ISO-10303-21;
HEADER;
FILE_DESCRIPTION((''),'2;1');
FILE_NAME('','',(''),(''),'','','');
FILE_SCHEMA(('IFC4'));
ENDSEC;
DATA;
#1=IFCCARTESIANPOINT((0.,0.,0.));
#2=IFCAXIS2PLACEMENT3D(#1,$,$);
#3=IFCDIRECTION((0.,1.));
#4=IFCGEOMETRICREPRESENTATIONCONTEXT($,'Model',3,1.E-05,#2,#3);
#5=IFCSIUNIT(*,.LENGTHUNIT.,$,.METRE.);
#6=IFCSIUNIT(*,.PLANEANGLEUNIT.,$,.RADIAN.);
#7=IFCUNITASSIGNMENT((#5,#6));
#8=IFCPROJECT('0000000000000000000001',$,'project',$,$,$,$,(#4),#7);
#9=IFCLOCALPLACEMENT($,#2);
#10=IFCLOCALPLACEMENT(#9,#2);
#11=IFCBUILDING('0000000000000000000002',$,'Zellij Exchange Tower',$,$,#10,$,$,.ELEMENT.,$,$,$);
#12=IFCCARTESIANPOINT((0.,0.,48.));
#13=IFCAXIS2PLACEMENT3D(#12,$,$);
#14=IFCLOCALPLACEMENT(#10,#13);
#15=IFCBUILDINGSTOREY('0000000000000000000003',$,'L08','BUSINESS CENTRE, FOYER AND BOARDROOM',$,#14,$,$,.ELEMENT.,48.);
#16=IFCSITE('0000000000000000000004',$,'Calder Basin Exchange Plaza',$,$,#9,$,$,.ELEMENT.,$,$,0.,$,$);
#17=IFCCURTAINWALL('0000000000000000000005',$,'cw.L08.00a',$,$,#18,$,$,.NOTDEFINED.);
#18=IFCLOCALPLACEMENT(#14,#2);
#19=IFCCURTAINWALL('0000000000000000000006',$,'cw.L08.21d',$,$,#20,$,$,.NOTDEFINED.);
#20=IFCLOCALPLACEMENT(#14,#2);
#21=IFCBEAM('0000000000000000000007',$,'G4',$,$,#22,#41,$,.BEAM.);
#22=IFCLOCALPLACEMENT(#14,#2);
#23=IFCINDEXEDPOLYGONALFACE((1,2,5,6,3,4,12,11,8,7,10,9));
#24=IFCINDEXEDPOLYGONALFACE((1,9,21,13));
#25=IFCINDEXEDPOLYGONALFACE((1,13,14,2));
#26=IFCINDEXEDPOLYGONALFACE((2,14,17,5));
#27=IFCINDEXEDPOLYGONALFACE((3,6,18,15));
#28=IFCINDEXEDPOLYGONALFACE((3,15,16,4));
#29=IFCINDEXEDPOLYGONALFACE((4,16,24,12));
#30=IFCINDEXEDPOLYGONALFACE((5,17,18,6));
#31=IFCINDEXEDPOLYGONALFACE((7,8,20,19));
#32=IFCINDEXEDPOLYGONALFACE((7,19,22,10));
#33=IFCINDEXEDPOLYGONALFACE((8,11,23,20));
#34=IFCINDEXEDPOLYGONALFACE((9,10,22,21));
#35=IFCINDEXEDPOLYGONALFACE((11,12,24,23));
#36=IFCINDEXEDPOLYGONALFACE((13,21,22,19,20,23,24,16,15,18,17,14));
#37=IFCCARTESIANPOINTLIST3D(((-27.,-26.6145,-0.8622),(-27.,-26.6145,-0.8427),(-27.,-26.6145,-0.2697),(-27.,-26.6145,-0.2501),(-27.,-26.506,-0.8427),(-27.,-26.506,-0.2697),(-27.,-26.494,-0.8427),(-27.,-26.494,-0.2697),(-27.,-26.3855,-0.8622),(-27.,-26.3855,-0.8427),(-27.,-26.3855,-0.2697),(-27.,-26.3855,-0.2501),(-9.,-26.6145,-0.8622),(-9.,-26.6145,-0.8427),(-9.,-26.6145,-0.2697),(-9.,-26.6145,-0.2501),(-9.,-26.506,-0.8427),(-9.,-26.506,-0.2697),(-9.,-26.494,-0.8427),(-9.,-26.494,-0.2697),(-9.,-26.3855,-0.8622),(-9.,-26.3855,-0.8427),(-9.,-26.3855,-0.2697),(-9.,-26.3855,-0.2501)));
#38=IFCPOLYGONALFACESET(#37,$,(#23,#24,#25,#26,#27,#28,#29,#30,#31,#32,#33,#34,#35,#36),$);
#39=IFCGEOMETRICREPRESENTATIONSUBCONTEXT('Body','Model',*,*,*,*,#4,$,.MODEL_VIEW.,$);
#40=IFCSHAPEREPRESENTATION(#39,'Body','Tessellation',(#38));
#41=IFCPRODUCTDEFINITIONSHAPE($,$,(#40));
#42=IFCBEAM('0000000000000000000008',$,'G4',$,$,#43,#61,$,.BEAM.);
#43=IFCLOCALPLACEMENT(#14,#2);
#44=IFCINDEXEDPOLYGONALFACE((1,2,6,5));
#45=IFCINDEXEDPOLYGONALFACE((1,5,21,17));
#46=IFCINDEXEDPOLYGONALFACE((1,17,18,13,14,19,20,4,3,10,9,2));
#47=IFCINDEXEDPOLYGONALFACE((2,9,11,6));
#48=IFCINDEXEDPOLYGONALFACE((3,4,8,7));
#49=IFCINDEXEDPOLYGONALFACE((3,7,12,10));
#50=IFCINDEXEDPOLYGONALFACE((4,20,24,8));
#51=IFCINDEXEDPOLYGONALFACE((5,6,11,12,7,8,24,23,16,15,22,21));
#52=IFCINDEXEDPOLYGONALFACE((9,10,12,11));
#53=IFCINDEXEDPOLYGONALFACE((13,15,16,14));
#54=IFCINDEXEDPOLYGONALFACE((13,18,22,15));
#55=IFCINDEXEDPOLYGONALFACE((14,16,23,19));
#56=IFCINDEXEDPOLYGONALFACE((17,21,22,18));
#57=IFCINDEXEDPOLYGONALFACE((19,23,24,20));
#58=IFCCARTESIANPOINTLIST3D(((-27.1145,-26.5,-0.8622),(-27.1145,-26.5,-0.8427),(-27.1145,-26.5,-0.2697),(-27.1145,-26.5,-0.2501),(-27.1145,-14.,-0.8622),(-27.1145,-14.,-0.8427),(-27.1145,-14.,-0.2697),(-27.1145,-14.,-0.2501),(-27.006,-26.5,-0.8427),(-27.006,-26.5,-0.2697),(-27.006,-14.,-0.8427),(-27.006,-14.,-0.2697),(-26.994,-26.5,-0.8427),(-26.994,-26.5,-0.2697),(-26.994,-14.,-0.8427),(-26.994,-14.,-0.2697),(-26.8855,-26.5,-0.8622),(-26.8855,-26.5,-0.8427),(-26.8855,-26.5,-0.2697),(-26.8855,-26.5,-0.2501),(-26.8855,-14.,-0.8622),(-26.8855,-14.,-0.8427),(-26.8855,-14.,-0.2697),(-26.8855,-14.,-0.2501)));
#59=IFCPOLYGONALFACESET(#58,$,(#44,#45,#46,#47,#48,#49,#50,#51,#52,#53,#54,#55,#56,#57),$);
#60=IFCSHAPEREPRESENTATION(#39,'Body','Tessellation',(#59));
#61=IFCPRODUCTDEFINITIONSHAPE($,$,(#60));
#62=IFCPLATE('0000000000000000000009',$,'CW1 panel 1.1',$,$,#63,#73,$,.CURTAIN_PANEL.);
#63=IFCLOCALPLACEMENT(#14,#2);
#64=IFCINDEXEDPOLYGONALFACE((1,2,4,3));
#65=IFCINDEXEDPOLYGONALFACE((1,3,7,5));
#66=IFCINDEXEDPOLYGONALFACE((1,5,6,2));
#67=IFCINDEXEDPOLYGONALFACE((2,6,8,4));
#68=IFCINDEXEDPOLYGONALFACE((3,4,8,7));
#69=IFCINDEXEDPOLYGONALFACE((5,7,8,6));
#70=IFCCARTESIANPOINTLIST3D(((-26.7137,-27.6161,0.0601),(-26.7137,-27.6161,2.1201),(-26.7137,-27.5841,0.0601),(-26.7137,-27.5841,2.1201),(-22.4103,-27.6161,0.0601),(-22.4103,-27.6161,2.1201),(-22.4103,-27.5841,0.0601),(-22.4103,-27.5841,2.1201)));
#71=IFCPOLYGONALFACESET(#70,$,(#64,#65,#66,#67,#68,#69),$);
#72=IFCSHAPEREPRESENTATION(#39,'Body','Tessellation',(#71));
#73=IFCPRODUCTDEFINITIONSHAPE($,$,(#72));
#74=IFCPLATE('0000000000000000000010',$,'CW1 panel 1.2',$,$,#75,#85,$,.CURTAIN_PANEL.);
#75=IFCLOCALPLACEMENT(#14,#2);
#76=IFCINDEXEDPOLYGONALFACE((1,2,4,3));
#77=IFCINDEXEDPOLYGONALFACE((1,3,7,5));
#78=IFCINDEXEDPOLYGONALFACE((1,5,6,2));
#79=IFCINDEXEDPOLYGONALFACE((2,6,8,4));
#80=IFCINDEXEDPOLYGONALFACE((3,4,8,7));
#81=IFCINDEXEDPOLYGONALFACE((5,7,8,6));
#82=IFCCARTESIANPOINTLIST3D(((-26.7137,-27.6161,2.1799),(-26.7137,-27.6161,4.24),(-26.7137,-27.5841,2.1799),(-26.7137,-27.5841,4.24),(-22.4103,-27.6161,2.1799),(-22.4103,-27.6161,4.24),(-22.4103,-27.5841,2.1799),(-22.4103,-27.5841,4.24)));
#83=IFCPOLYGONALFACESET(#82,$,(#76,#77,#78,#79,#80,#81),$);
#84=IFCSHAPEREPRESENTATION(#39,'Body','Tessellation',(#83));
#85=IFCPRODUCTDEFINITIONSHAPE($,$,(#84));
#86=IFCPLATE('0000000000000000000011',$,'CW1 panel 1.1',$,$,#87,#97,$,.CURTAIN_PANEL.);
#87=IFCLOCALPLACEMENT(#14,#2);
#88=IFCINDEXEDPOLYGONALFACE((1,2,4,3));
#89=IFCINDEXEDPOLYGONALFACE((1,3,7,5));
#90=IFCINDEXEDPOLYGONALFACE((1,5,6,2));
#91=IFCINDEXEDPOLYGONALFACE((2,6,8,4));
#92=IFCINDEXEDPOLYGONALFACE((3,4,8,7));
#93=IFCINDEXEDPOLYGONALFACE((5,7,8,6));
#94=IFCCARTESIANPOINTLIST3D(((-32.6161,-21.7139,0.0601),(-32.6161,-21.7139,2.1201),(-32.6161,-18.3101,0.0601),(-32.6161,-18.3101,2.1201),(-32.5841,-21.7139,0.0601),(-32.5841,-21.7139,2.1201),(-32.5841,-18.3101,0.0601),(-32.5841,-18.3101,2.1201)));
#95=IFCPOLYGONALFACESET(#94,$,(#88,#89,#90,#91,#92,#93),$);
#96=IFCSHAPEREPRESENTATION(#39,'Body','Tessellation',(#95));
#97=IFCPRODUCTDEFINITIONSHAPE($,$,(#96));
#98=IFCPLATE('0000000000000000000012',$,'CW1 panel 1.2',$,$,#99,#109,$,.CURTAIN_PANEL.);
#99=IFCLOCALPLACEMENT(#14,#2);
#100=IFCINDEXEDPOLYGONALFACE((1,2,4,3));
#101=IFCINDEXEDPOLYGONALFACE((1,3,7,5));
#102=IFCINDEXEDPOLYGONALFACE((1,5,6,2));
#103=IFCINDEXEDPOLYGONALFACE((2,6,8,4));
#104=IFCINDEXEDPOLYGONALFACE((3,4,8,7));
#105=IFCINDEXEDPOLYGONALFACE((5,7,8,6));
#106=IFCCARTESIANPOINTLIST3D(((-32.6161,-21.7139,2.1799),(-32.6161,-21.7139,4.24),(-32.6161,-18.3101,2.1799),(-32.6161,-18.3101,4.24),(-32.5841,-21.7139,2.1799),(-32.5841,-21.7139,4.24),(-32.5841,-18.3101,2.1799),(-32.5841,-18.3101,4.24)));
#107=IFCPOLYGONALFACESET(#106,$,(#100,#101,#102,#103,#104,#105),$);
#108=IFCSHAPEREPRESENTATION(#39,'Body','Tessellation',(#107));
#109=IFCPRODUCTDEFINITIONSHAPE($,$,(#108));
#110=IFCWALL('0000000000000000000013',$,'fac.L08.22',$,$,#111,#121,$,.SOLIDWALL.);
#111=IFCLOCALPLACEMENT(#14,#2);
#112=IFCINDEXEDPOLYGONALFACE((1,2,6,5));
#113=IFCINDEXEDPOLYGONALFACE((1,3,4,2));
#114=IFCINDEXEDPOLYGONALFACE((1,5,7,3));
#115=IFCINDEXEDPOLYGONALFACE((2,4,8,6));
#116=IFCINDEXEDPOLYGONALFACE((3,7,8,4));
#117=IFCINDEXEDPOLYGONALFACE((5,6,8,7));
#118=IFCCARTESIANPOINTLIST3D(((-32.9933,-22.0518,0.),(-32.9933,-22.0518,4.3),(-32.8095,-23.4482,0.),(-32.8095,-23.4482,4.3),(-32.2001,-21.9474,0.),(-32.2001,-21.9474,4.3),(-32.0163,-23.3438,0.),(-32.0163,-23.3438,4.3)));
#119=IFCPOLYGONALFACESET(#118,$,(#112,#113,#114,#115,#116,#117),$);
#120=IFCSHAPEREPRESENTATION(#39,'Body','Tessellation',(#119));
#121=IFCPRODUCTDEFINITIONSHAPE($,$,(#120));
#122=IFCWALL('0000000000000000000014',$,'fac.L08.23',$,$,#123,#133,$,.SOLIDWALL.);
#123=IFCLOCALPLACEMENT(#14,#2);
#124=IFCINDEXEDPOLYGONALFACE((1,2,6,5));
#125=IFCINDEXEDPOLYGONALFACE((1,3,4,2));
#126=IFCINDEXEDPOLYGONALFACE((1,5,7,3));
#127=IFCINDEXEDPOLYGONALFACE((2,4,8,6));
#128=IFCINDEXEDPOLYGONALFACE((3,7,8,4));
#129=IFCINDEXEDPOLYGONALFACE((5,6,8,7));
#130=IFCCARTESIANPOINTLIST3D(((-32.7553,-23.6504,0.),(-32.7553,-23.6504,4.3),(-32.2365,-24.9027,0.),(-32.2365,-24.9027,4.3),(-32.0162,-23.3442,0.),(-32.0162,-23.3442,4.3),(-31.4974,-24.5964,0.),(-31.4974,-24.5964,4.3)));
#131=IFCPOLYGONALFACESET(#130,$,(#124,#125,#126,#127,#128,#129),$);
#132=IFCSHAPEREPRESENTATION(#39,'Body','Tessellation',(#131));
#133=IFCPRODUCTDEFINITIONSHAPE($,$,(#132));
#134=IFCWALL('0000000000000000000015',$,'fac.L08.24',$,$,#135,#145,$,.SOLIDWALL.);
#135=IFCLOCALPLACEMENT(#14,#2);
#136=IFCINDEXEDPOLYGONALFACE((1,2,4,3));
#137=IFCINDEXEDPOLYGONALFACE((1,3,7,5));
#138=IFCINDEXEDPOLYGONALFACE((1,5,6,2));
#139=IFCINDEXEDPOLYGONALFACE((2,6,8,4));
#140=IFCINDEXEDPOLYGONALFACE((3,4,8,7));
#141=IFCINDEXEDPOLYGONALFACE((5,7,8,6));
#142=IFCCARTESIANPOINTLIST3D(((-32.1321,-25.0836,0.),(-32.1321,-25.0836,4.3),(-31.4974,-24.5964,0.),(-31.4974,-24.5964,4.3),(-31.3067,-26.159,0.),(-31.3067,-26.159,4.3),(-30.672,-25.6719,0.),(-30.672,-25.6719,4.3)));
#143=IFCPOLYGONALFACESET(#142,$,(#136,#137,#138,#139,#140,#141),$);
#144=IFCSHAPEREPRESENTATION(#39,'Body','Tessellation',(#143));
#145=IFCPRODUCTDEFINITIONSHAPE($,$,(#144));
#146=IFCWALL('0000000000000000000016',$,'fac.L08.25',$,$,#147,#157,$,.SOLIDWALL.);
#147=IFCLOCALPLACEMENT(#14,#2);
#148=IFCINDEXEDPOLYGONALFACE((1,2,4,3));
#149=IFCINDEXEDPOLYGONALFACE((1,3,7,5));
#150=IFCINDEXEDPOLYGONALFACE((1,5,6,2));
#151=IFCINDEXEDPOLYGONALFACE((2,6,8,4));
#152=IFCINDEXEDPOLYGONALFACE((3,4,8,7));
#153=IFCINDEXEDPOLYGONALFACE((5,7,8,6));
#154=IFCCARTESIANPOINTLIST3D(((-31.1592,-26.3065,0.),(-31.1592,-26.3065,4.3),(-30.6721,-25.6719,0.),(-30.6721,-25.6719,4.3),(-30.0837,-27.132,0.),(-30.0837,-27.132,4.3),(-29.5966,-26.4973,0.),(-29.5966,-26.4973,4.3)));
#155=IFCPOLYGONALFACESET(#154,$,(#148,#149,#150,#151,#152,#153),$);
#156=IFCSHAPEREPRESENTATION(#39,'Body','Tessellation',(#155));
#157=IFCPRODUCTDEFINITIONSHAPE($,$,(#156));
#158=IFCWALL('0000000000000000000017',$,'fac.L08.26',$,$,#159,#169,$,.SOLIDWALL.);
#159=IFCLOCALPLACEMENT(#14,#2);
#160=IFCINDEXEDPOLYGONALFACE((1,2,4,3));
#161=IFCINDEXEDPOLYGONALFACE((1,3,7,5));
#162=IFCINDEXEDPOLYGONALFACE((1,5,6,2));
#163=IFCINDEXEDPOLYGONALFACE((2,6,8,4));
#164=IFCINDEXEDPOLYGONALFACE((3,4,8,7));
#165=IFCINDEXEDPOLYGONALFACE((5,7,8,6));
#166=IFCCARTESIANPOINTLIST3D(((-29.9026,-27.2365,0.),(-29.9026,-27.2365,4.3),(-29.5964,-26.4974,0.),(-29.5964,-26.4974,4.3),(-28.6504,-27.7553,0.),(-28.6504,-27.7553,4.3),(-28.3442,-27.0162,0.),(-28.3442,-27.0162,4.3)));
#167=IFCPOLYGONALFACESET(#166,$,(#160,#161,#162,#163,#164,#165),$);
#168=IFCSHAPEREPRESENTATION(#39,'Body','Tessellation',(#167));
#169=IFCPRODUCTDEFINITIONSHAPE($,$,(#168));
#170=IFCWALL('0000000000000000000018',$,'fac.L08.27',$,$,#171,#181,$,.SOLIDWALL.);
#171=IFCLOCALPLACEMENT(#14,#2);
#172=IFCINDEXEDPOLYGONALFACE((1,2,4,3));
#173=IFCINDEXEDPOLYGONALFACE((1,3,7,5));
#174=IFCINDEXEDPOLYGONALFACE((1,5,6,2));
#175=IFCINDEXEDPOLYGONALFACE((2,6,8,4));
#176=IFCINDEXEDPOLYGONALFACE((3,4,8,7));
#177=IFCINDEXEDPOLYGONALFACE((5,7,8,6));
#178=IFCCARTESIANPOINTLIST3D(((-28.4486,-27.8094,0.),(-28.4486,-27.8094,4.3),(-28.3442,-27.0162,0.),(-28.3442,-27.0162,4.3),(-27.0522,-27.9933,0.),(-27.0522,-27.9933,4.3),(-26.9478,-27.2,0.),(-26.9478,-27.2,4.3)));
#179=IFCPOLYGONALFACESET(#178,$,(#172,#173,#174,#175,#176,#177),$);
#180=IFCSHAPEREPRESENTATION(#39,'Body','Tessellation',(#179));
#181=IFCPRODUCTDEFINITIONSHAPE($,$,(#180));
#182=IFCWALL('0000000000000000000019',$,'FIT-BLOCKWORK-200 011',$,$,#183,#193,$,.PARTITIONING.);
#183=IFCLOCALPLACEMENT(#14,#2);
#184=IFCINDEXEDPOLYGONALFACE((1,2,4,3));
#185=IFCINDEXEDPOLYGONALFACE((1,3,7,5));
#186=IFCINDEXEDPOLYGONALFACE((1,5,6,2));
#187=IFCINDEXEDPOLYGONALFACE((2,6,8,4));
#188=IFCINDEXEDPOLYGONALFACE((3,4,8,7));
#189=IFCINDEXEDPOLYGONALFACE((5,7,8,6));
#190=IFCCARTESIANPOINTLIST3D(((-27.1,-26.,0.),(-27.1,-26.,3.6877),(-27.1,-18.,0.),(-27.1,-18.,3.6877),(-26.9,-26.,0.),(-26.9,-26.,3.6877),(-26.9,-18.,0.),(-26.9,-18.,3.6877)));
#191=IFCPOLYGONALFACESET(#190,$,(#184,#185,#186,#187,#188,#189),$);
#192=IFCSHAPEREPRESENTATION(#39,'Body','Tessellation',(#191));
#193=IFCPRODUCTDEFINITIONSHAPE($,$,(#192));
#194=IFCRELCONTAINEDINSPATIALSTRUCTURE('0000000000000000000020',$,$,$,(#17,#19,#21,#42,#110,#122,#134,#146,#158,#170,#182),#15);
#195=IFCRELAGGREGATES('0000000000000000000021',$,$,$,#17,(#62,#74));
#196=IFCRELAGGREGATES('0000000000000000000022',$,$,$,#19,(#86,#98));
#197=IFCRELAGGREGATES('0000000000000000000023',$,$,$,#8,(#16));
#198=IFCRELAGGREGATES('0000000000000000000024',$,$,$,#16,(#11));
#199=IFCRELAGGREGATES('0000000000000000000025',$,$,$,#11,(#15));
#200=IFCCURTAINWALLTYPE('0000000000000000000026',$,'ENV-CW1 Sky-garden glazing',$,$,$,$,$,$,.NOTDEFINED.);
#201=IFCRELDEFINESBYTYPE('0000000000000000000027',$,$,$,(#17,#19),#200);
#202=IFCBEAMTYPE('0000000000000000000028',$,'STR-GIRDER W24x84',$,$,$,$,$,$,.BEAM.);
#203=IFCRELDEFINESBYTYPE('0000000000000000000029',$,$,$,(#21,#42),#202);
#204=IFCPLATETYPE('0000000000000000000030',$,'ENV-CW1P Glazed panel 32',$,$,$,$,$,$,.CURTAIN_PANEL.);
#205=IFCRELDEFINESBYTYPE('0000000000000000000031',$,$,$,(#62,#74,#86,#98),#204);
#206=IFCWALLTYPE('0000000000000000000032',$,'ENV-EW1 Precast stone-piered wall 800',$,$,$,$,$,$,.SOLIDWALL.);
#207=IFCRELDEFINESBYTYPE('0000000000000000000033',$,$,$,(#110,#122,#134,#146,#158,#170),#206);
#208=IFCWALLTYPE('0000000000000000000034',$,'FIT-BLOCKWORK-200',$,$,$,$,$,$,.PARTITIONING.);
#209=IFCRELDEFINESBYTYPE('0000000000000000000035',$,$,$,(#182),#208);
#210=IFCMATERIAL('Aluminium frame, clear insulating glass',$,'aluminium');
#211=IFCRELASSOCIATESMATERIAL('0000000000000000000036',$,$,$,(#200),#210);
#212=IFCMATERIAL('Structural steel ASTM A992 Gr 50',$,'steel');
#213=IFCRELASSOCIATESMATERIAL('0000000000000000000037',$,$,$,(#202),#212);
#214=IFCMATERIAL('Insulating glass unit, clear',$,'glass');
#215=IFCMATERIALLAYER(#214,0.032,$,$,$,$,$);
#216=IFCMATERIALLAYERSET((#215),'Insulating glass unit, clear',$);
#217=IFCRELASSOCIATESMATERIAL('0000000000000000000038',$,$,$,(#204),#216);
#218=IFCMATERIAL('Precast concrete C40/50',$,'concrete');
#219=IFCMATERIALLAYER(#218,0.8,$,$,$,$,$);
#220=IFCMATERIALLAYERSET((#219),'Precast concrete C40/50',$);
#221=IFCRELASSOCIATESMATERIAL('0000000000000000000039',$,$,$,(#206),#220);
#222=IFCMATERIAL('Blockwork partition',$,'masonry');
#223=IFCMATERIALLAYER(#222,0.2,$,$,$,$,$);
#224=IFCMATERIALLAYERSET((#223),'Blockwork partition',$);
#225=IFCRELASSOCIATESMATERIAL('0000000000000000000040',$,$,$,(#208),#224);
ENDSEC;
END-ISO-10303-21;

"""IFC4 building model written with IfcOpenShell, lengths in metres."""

from ifc_helpers import new_model, si_unit, direction, frame, frame_2d, origin, origin_2d, place, context, subcontext, project, spatial, rectangle, i_section, extrude, material, layer, layer_set, material_profile, profile_set, type_object, element, aggregate, save


model = new_model("IFC4")

# Units and contexts
model_context = context("Model", 3, precision=1e-05, world=origin(), true_north=direction((0.0, 1.0)))
body_context = subcontext(model_context, "Body", "Model", "MODEL_VIEW")
ifc_project = project(units=[si_unit("LENGTHUNIT", "METRE"), si_unit("PLANEANGLEUNIT", "RADIAN")], contexts=[model_context])

# Site, building, storey
site_placement = place(None, origin())
site = spatial("IfcSite", under=ifc_project, at=site_placement, Name="Calder Basin Exchange Plaza", CompositionType="ELEMENT", RefElevation=0.0)
building_placement = place(site_placement, origin())
building = spatial("IfcBuilding", under=site, at=building_placement, Name="Zellij Exchange Tower", CompositionType="ELEMENT")
storey_placement = place(building_placement, frame((0.0, 0.0, 48.0)))
storey = spatial("IfcBuildingStorey", under=building, at=storey_placement, Name="L08", Description="BUSINESS CENTRE, FOYER AND BOARDROOM", CompositionType="ELEMENT", Elevation=48.0)

# Curtain walls
ifc_material_1 = material(Name="Aluminium frame, clear insulating glass", Category="aluminium")
curtain_wall_type = type_object("IfcCurtainWallType", Name="ENV-CW1 Sky-garden glazing", PredefinedType="NOTDEFINED", material=ifc_material_1)
curtain_wall_1_placement = place(storey_placement, origin())
curtain_wall_1 = element("IfcCurtainWall", 1, at=curtain_wall_1_placement, inside=storey, type_object=curtain_wall_type, Name="cw.L08.00a", PredefinedType="NOTDEFINED")
curtain_wall_2_placement = place(storey_placement, origin())
curtain_wall_2 = element("IfcCurtainWall", 2, at=curtain_wall_2_placement, inside=storey, type_object=curtain_wall_type, Name="cw.L08.21d", PredefinedType="NOTDEFINED")

# Beams
ifc_material_2 = material(Name="Structural steel ASTM A992 Gr 50", Category="steel")
ifc_material_profile_1 = material_profile(ifc_material_2, i_section(OverallWidth=0.229, OverallDepth=0.6121, WebThickness=0.012, FlangeThickness=0.0195, at=origin_2d()), Name="W24x84")
ifc_profile_set_1 = profile_set([ifc_material_profile_1], Name="Structural steel ASTM A992 Gr 50")
beam_type_1 = type_object("IfcBeamType", Name="STR-GIRDER W24x84", PredefinedType="BEAM", material=ifc_profile_set_1)
beam_1_placement = place(storey_placement, frame((-27.0, -26.5, -0.5562), z_axis=(1.0, 0.0, 0.0), x_axis=(0.0, 1.0, 0.0)))
element("IfcBeam", 3, at=beam_1_placement, inside=storey, type_object=beam_type_1, Name="G4", PredefinedType="BEAM", context=body_context, shape_type="SweptSolid", body=[
    extrude(i_section(OverallWidth=0.229, OverallDepth=0.6121, WebThickness=0.012, FlangeThickness=0.0195, at=origin_2d()), origin(), (0.0, 0.0, 1.0), 18.0),
])
beam_2_placement = place(storey_placement, frame((-27.0, -26.5, -0.5562), z_axis=(0.0, 1.0, 0.0), x_axis=(-1.0, 0.0, 0.0)))
element("IfcBeam", 4, at=beam_2_placement, inside=storey, type_object=beam_type_1, Name="G4", PredefinedType="BEAM", context=body_context, shape_type="SweptSolid", body=[
    extrude(i_section(OverallWidth=0.229, OverallDepth=0.6121, WebThickness=0.012, FlangeThickness=0.0195, at=origin_2d()), origin(), (0.0, 0.0, 1.0), 12.5),
])

# Plates
ifc_material_3 = material(Name="Insulating glass unit, clear", Category="glass")
ifc_layer_1 = layer(ifc_material_3, 0.032)
ifc_layer_set_1 = layer_set([ifc_layer_1], Name="Insulating glass unit, clear")
plate_type = type_object("IfcPlateType", Name="ENV-CW1P Glazed panel 32", PredefinedType="CURTAIN_PANEL", material=ifc_layer_set_1)
plate_1_placement = place(storey_placement, frame((-24.562, -27.6001, 0.0601), z_axis=(0.0, 0.0, 1.0), x_axis=(1.0, 0.0, 0.0)))
plate_1 = element("IfcPlate", 5, at=plate_1_placement, type_object=plate_type, Name="CW1 panel 1.1", PredefinedType="CURTAIN_PANEL", context=body_context, shape_type="SweptSolid", body=[
    extrude(rectangle(XDim=4.3035, YDim=0.032, at=origin_2d()), origin(), (0.0, 0.0, 1.0), 2.0601),
])
plate_2_placement = place(storey_placement, frame((-24.562, -27.6001, 2.1799), z_axis=(0.0, 0.0, 1.0), x_axis=(1.0, 0.0, 0.0)))
plate_2 = element("IfcPlate", 6, at=plate_2_placement, type_object=plate_type, Name="CW1 panel 1.2", PredefinedType="CURTAIN_PANEL", context=body_context, shape_type="SweptSolid", body=[
    extrude(rectangle(XDim=4.3035, YDim=0.032, at=origin_2d()), origin(), (0.0, 0.0, 1.0), 2.0601),
])
aggregate(curtain_wall_1, [plate_1, plate_2])
plate_3_placement = place(storey_placement, frame((-32.6001, -20.012, 0.0601), z_axis=(0.0, 0.0, 1.0), x_axis=(0.0, -1.0, 0.0)))
plate_3 = element("IfcPlate", 7, at=plate_3_placement, type_object=plate_type, Name="CW1 panel 1.1", PredefinedType="CURTAIN_PANEL", context=body_context, shape_type="SweptSolid", body=[
    extrude(rectangle(XDim=3.4038, YDim=0.032, at=origin_2d()), origin(), (0.0, 0.0, 1.0), 2.0601),
])
plate_4_placement = place(storey_placement, frame((-32.6001, -20.012, 2.1799), z_axis=(0.0, 0.0, 1.0), x_axis=(0.0, -1.0, 0.0)))
plate_4 = element("IfcPlate", 8, at=plate_4_placement, type_object=plate_type, Name="CW1 panel 1.2", PredefinedType="CURTAIN_PANEL", context=body_context, shape_type="SweptSolid", body=[
    extrude(rectangle(XDim=3.4038, YDim=0.032, at=origin_2d()), origin(), (0.0, 0.0, 1.0), 2.0601),
])
aggregate(curtain_wall_2, [plate_3, plate_4])

# Walls
ifc_material_4 = material(Name="Precast concrete C40/50", Category="concrete")
ifc_layer_2 = layer(ifc_material_4, 0.8)
ifc_layer_set_2 = layer_set([ifc_layer_2], Name="Precast concrete C40/50")
wall_type_1 = type_object("IfcWallType", Name="ENV-EW1 Precast stone-piered wall 800", PredefinedType="SOLIDWALL", material=ifc_layer_set_2)
wall_1_placement = place(storey_placement, frame((-32.5967, -21.9998, 0.0), z_axis=(0.0, 0.0, 1.0), x_axis=(0.130517, -0.991446, 0.0)))
element("IfcWall", 9, at=wall_1_placement, inside=storey, type_object=wall_type_1, Name="fac.L08.22", PredefinedType="SOLIDWALL", context=body_context, shape_type="SweptSolid", body=[
    extrude(rectangle(XDim=1.4084, YDim=0.8, at=frame_2d((0.7041, 0.0))), origin(), (0.0, 0.0, 1.0), 4.3),
])
wall_2_placement = place(storey_placement, frame((-32.3857, -23.4973, 0.0), z_axis=(0.0, 0.0, 1.0), x_axis=(0.38276, -0.923848, 0.0)))
element("IfcWall", 10, at=wall_2_placement, inside=storey, type_object=wall_type_1, Name="fac.L08.23", PredefinedType="SOLIDWALL", context=body_context, shape_type="SweptSolid", body=[
    extrude(rectangle(XDim=1.3555, YDim=0.8, at=frame_2d((0.6777, 0.0))), origin(), (0.0, 0.0, 1.0), 4.3),
])
for number, where, z_axis, x_axis, name in (
    (11, (-31.8147, -24.8401, 0.0), (0.0, 0.0, 1.0), (0.608866, -0.793273, 0.0), "fac.L08.24"),
    (12, (-30.9155, -25.9893, 0.0), (0.0, 0.0, 1.0), (0.793273, -0.608866, 0.0), "fac.L08.25"),
):
    element("IfcWall", number, at=place(storey_placement, frame(where, z_axis=z_axis, x_axis=x_axis)), inside=storey, type_object=wall_type_1, Name=name, PredefinedType="SOLIDWALL", context=body_context, shape_type="SweptSolid", body=[
        extrude(rectangle(XDim=1.3557, YDim=0.8, at=frame_2d((0.6777, 0.0))), origin(), (0.0, 0.0, 1.0), 4.3),
    ])
wall_3_placement = place(storey_placement, frame((-29.7495, -26.8669, 0.0), z_axis=(0.0, 0.0, 1.0), x_axis=(0.923848, -0.38276, 0.0)))
element("IfcWall", 13, at=wall_3_placement, inside=storey, type_object=wall_type_1, Name="fac.L08.26", PredefinedType="SOLIDWALL", context=body_context, shape_type="SweptSolid", body=[
    extrude(rectangle(XDim=1.3555, YDim=0.8, at=frame_2d((0.6777, 0.0))), origin(), (0.0, 0.0, 1.0), 4.3),
])
wall_4_placement = place(storey_placement, frame((-28.3962, -27.4128, 0.0), z_axis=(0.0, 0.0, 1.0), x_axis=(0.991446, -0.130517, 0.0)))
element("IfcWall", 14, at=wall_4_placement, inside=storey, type_object=wall_type_1, Name="fac.L08.27", PredefinedType="SOLIDWALL", context=body_context, shape_type="SweptSolid", body=[
    extrude(rectangle(XDim=1.4084, YDim=0.8, at=frame_2d((0.7041, 0.0))), origin(), (0.0, 0.0, 1.0), 4.3),
])
ifc_material_5 = material(Name="Blockwork partition", Category="masonry")
ifc_layer_3 = layer(ifc_material_5, 0.2)
ifc_layer_set_3 = layer_set([ifc_layer_3], Name="Blockwork partition")
wall_type_2 = type_object("IfcWallType", Name="FIT-BLOCKWORK-200", PredefinedType="PARTITIONING", material=ifc_layer_set_3)
wall_5_placement = place(storey_placement, frame((-27.0, -26.0, 0.0), z_axis=(0.0, 0.0, 1.0), x_axis=(0.0, 1.0, 0.0)))
element("IfcWall", 15, at=wall_5_placement, inside=storey, type_object=wall_type_2, Name="FIT-BLOCKWORK-200 011", PredefinedType="PARTITIONING", context=body_context, shape_type="SweptSolid", body=[
    extrude(rectangle(XDim=8.0, YDim=0.2, at=frame_2d((4.0, 0.0))), origin(), (0.0, 0.0, 1.0), 3.6877),
])

save(model, "model.ifc")
